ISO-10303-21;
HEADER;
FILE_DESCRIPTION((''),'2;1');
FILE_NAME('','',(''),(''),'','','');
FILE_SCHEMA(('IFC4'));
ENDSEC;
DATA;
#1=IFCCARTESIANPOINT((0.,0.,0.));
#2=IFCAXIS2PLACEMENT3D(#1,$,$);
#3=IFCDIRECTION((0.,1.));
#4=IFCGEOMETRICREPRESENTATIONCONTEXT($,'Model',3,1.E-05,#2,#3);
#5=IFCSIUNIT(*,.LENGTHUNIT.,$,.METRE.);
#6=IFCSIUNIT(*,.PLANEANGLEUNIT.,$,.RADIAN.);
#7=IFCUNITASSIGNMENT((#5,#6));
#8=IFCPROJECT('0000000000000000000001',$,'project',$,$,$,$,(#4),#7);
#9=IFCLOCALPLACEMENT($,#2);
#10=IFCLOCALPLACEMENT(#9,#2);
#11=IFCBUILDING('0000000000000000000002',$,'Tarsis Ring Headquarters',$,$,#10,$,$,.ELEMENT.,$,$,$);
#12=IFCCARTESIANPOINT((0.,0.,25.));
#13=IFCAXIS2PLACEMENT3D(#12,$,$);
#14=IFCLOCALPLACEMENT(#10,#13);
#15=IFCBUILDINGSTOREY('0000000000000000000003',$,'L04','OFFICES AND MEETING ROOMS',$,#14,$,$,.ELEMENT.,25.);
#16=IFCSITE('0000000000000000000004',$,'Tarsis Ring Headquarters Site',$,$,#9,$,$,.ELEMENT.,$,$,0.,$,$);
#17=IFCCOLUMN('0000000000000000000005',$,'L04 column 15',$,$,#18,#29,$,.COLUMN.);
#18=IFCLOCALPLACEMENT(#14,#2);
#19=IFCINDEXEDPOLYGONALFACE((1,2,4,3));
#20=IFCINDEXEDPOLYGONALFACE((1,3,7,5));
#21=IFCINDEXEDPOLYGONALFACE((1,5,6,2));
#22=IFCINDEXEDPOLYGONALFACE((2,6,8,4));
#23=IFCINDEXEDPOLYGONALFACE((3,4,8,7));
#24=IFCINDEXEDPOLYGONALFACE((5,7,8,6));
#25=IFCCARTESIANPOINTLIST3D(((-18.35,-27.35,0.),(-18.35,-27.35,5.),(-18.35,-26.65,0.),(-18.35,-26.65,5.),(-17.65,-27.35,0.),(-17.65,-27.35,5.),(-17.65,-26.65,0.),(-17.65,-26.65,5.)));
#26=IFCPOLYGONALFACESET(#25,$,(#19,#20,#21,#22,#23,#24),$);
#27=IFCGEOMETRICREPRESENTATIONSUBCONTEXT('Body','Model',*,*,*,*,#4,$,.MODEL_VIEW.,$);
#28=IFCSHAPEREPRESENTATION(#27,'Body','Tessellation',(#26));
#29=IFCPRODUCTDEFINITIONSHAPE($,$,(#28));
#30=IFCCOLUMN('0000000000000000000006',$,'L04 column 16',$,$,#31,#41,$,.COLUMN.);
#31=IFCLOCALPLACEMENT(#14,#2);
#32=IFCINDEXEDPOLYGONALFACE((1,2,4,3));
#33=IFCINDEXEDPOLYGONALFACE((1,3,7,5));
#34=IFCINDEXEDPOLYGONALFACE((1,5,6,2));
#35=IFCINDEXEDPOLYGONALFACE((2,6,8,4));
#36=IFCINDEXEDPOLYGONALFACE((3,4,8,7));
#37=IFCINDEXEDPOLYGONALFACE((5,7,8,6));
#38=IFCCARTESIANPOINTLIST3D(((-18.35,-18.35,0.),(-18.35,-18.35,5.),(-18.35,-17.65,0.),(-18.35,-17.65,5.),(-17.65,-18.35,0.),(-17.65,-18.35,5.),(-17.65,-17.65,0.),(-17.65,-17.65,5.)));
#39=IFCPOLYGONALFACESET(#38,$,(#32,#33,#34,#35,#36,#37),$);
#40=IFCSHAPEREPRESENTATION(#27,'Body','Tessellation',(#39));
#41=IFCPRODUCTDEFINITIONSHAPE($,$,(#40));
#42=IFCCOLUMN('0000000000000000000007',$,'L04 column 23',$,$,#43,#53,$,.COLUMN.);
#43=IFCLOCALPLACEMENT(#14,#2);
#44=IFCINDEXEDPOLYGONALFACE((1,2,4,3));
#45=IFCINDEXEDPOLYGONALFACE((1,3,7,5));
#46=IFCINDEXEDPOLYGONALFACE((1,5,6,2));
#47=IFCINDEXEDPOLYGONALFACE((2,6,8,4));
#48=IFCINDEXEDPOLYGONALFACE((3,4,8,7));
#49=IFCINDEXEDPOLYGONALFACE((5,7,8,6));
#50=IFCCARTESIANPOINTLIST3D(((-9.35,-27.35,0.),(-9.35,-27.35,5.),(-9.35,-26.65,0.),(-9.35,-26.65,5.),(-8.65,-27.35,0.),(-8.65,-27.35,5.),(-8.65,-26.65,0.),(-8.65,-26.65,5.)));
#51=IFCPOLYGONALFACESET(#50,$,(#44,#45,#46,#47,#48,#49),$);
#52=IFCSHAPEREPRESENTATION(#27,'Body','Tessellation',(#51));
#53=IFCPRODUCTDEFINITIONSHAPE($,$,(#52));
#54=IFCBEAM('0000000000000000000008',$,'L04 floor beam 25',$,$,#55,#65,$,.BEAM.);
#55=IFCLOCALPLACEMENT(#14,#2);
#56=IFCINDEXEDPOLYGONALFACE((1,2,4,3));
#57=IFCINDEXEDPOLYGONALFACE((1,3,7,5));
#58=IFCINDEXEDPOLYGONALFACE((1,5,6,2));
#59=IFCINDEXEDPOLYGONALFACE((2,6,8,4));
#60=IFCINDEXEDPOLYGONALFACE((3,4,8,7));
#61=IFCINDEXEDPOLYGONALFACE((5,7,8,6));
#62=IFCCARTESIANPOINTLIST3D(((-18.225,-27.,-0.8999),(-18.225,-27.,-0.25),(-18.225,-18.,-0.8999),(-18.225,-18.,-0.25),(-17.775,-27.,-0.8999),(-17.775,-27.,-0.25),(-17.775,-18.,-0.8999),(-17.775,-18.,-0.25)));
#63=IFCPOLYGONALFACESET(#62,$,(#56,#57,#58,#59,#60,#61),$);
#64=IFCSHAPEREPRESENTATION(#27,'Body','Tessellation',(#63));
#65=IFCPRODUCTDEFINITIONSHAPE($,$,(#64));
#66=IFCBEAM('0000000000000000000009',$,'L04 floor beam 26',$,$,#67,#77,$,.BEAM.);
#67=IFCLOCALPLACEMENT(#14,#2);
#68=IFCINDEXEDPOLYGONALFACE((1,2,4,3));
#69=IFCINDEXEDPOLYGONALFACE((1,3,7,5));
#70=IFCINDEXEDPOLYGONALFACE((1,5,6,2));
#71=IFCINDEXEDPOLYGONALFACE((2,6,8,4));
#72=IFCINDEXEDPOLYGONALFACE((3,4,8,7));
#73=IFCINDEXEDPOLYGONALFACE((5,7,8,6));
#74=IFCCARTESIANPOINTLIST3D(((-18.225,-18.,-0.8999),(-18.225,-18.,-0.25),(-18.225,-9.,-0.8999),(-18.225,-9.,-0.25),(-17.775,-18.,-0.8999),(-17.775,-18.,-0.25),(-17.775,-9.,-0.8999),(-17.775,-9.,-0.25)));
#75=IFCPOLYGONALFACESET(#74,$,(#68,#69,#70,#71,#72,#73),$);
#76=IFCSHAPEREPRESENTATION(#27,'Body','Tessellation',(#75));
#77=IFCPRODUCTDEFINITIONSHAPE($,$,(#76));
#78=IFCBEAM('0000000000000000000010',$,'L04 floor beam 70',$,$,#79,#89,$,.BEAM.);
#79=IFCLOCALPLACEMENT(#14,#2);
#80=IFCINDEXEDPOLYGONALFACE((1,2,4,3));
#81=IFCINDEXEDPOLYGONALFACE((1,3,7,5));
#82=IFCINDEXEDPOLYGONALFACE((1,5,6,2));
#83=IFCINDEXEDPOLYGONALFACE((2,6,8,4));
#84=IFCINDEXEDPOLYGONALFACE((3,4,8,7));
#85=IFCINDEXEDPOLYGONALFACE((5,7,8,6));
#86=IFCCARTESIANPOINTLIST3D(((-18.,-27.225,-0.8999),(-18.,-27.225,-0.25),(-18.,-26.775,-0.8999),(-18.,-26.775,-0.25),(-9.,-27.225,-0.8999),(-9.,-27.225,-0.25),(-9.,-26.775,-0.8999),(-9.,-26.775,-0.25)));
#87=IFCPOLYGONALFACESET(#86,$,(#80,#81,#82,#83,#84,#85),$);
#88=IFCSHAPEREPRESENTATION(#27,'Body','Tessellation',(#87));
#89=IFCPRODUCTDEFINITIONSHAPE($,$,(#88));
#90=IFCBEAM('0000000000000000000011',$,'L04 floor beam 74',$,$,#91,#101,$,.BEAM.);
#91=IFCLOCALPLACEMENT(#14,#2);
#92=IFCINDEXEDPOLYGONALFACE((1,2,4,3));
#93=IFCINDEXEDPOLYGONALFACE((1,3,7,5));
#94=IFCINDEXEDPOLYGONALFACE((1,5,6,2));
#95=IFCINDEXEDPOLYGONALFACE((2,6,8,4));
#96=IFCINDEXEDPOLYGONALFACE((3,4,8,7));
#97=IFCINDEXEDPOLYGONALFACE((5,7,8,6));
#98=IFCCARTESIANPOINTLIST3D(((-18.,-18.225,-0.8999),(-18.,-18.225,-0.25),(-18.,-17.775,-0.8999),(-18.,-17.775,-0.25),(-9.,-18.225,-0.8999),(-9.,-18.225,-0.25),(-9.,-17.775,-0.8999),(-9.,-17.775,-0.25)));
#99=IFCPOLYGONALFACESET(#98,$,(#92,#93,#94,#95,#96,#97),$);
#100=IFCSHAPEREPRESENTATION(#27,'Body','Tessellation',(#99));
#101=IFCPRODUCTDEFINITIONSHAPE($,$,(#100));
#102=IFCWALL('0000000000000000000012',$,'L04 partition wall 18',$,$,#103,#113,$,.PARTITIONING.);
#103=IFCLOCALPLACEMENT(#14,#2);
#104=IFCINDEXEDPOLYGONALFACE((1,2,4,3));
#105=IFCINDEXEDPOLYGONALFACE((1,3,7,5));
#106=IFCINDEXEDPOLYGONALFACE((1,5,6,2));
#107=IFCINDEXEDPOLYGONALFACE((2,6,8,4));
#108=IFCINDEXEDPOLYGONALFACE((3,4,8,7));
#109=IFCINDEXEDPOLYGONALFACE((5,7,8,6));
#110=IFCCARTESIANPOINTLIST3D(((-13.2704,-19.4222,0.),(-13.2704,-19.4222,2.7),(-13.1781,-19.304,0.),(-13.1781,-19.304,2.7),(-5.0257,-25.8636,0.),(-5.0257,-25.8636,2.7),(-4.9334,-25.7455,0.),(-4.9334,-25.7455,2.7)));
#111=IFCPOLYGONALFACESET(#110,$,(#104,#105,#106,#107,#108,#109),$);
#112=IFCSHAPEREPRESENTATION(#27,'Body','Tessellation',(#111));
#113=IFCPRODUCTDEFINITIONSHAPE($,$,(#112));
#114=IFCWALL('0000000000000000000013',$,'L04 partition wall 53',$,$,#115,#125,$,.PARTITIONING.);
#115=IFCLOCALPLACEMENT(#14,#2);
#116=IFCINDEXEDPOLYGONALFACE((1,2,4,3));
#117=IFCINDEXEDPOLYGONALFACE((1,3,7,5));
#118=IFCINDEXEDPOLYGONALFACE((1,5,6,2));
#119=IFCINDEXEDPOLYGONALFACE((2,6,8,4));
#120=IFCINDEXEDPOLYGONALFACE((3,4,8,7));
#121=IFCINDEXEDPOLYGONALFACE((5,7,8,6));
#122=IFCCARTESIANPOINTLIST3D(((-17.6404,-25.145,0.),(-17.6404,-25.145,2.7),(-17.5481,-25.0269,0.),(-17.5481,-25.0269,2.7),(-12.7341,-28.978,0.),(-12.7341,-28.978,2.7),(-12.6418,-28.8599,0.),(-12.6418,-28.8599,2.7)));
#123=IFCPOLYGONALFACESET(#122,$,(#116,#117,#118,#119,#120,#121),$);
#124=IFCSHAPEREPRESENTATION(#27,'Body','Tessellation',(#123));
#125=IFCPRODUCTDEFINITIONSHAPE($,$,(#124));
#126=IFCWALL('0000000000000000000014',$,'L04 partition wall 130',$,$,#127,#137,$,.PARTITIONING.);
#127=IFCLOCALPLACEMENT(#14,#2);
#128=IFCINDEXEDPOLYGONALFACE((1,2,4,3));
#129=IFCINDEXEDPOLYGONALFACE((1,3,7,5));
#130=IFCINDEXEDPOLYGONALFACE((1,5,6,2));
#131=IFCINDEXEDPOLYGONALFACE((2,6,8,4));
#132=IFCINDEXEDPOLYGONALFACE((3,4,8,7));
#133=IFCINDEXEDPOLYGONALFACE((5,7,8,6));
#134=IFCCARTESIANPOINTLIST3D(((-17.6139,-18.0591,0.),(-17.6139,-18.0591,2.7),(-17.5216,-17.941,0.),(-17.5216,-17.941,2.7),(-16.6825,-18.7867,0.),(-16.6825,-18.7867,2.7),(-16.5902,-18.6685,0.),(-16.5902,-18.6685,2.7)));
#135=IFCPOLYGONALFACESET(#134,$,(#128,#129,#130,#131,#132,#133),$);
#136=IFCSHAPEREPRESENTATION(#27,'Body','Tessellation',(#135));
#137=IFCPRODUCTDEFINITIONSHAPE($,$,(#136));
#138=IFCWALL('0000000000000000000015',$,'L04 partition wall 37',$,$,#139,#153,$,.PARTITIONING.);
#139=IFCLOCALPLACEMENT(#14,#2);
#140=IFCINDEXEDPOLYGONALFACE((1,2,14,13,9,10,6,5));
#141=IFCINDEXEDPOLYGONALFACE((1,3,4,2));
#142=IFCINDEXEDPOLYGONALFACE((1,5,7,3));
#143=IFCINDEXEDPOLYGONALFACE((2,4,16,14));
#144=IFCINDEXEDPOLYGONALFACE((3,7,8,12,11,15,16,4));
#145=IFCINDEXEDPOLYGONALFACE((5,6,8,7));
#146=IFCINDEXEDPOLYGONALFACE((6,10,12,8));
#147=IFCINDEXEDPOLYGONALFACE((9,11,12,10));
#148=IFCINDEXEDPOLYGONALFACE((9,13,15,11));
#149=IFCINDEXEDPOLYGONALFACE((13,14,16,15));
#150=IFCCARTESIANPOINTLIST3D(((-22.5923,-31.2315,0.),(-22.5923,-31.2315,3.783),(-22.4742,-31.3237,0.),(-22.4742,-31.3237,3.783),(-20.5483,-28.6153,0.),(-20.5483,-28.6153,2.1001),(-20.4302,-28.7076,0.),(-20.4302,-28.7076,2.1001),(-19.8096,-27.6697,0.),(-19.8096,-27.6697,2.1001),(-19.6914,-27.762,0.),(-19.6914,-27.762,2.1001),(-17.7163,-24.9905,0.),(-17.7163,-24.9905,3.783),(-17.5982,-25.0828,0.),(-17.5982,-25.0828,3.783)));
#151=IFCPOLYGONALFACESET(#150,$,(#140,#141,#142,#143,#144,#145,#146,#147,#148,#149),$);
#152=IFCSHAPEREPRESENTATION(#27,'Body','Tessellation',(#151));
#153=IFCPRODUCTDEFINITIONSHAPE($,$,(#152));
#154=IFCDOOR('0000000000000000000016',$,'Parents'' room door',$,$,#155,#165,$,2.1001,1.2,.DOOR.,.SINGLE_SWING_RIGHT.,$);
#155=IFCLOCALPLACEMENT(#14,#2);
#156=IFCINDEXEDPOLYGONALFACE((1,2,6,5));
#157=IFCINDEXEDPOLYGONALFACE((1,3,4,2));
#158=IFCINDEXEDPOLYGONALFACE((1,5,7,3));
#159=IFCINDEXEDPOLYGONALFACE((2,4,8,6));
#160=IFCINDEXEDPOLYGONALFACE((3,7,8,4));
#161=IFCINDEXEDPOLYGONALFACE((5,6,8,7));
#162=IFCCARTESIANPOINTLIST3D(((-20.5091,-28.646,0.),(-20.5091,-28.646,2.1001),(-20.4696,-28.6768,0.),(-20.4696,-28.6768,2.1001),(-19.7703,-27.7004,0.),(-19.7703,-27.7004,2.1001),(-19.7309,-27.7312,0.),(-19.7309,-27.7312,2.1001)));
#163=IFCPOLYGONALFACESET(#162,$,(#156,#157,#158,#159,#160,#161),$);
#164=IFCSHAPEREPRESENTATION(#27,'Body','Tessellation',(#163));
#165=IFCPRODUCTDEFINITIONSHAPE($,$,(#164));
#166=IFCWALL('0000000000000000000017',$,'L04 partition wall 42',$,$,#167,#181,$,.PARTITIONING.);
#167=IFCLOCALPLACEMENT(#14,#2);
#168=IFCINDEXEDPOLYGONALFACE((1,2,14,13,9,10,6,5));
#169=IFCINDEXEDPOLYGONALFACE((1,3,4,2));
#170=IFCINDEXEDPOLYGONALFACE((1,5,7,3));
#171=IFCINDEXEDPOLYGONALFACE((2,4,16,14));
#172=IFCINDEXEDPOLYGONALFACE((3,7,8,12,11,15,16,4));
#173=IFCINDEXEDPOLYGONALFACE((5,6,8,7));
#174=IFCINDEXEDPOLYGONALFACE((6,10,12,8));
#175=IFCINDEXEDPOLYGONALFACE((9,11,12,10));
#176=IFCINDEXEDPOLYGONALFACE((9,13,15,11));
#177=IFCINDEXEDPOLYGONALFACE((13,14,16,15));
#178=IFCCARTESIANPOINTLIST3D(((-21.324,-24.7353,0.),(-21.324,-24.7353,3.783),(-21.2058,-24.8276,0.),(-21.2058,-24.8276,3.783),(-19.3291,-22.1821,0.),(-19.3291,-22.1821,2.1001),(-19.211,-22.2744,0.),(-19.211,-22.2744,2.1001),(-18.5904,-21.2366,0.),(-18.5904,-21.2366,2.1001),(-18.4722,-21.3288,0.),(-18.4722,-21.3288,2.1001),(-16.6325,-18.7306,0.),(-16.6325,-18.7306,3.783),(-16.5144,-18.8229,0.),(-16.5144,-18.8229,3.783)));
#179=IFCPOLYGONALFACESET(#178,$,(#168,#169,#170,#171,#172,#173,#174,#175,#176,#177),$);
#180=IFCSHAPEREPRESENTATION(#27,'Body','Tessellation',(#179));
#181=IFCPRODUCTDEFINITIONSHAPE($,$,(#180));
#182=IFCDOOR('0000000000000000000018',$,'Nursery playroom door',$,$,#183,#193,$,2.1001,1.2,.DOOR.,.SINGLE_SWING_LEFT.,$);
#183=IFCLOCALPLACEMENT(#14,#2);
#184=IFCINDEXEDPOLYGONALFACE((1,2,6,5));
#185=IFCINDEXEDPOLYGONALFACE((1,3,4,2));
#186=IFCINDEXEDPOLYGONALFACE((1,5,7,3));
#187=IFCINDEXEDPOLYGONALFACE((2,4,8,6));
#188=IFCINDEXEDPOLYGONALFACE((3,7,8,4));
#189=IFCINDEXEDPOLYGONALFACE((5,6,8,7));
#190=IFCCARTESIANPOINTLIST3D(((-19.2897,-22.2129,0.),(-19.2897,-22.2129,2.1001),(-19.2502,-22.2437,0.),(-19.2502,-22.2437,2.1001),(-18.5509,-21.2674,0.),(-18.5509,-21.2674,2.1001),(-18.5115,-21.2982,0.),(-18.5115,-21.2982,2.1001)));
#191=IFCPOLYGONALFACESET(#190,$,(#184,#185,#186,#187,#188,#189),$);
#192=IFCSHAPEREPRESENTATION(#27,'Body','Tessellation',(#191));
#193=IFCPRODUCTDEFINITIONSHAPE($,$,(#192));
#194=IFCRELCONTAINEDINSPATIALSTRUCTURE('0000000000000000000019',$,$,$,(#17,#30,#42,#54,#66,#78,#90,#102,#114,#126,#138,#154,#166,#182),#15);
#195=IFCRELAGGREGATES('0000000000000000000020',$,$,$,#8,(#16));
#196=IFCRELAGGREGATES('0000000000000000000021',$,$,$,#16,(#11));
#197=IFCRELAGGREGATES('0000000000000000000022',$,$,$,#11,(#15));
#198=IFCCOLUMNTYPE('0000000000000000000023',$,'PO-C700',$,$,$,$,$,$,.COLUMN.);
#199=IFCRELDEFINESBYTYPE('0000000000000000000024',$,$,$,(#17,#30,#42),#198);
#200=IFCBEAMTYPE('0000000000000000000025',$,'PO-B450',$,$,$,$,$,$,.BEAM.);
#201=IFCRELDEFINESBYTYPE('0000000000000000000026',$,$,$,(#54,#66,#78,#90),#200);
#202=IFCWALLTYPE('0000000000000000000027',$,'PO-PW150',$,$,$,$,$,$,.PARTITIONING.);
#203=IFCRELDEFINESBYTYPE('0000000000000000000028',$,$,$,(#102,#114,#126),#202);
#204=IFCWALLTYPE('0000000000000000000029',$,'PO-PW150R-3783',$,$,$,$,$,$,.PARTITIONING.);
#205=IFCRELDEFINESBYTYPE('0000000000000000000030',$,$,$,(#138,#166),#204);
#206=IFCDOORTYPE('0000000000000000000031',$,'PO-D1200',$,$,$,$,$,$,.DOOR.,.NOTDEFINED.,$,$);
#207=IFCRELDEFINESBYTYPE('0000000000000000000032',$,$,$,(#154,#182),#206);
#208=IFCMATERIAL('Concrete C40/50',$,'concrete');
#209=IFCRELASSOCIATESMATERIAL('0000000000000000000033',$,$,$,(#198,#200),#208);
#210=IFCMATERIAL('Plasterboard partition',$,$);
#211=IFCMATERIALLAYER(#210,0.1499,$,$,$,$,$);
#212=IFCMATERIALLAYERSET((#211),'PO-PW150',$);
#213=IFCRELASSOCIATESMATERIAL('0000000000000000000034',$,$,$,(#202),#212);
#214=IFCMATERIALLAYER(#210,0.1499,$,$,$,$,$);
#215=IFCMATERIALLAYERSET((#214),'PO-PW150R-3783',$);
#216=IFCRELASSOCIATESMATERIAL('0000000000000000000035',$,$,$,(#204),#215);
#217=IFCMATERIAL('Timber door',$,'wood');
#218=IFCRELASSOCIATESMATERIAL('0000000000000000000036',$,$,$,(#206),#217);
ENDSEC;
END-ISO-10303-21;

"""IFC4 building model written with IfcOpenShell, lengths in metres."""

from ifc_helpers import new_model, si_unit, direction, frame, frame_2d, origin, origin_2d, place, context, subcontext, project, spatial, rectangle, extrude, material, layer, layer_set, material_profile, profile_set, type_object, element, fill, save


model = new_model("IFC4")

# Units and contexts
model_context = context("Model", 3, precision=1e-05, world=origin(), true_north=direction((0.0, 1.0)))
body_context = subcontext(model_context, "Body", "Model", "MODEL_VIEW")
ifc_project = project(units=[si_unit("LENGTHUNIT", "METRE"), si_unit("PLANEANGLEUNIT", "RADIAN")], contexts=[model_context])

# Site, building, storey
site_placement = place(None, origin())
site = spatial("IfcSite", under=ifc_project, at=site_placement, Name="Tarsis Ring Headquarters Site", CompositionType="ELEMENT", RefElevation=0.0)
building_placement = place(site_placement, origin())
building = spatial("IfcBuilding", under=site, at=building_placement, Name="Tarsis Ring Headquarters", CompositionType="ELEMENT")
storey_placement = place(building_placement, frame((0.0, 0.0, 25.0)))
storey = spatial("IfcBuildingStorey", under=building, at=storey_placement, Name="L04", Description="OFFICES AND MEETING ROOMS", CompositionType="ELEMENT", Elevation=25.0)

# Columns
ifc_material_1 = material(Name="Concrete C40/50", Category="concrete")
ifc_material_profile_1 = material_profile(ifc_material_1, rectangle(XDim=0.7, YDim=0.7, at=origin_2d()), Name="PO-C700")
ifc_profile_set_1 = profile_set([ifc_material_profile_1], Name="Concrete C40/50")
column_type = type_object("IfcColumnType", Name="PO-C700", PredefinedType="COLUMN", material=ifc_profile_set_1)
for number, where, z_axis, x_axis, name in (
    (1, (-18.0, -27.0, 0.0), (0.0, 0.0, 1.0), (1.0, 0.0, 0.0), "L04 column 15"),
    (2, (-18.0, -18.0, 0.0), (0.0, 0.0, 1.0), (1.0, 0.0, 0.0), "L04 column 16"),
    (3, (-9.0, -27.0, 0.0), (0.0, 0.0, 1.0), (1.0, 0.0, 0.0), "L04 column 23"),
):
    element("IfcColumn", number, at=place(storey_placement, frame(where, z_axis=z_axis, x_axis=x_axis)), inside=storey, type_object=column_type, Name=name, PredefinedType="COLUMN", context=body_context, shape_type="SweptSolid", body=[
        extrude(rectangle(XDim=0.7, YDim=0.7, at=origin_2d()), origin(), (0.0, 0.0, 1.0), 5.0),
    ])

# Beams
ifc_material_profile_2 = material_profile(ifc_material_1, rectangle(XDim=0.45, YDim=0.6499, at=origin_2d()), Name="PO-B450")
ifc_profile_set_2 = profile_set([ifc_material_profile_2], Name="Concrete C40/50")
beam_type = type_object("IfcBeamType", Name="PO-B450", PredefinedType="BEAM", material=ifc_profile_set_2)
for number, where, z_axis, x_axis, name in (
    (4, (-18.0, -27.0, -0.575), (0.0, 1.0, 0.0), (-1.0, 0.0, 0.0), "L04 floor beam 25"),
    (5, (-18.0, -18.0, -0.575), (0.0, 1.0, 0.0), (-1.0, 0.0, 0.0), "L04 floor beam 26"),
    (6, (-18.0, -27.0, -0.575), (1.0, 0.0, 0.0), (0.0, 1.0, 0.0), "L04 floor beam 70"),
    (7, (-18.0, -18.0, -0.575), (1.0, 0.0, 0.0), (0.0, 1.0, 0.0), "L04 floor beam 74"),
):
    element("IfcBeam", number, at=place(storey_placement, frame(where, z_axis=z_axis, x_axis=x_axis)), inside=storey, type_object=beam_type, Name=name, PredefinedType="BEAM", context=body_context, shape_type="SweptSolid", body=[
        extrude(rectangle(XDim=0.45, YDim=0.6499, at=origin_2d()), origin(), (0.0, 0.0, 1.0), 9.0),
    ])

# Walls
ifc_material_2 = material(Name="Plasterboard partition")
ifc_layer_1 = layer(ifc_material_2, 0.1499)
ifc_layer_set_1 = layer_set([ifc_layer_1], Name="PO-PW150")
wall_type_1 = type_object("IfcWallType", Name="PO-PW150", PredefinedType="PARTITIONING", material=ifc_layer_set_1)
wall_1_placement = place(storey_placement, frame((-13.2244, -19.363, 0.0), z_axis=(0.0, 0.0, 1.0), x_axis=(0.788011, -0.615661, 0.0)))
element("IfcWall", 8, at=wall_1_placement, inside=storey, type_object=wall_type_1, Name="L04 partition wall 18", PredefinedType="PARTITIONING", context=body_context, shape_type="SweptSolid", body=[
    extrude(rectangle(XDim=10.4626, YDim=0.1499, at=frame_2d((5.2314, 0.0))), origin(), (0.0, 0.0, 1.0), 2.7),
])
wall_2_placement = place(storey_placement, frame((-17.5942, -25.0859, 0.0), z_axis=(0.0, 0.0, 1.0), x_axis=(0.788024, -0.615644, 0.0)))
element("IfcWall", 9, at=wall_2_placement, inside=storey, type_object=wall_type_1, Name="L04 partition wall 53", PredefinedType="PARTITIONING", context=body_context, shape_type="SweptSolid", body=[
    extrude(rectangle(XDim=6.2261, YDim=0.1499, at=frame_2d((3.113, 0.0))), origin(), (0.0, 0.0, 1.0), 2.7),
])
wall_3_placement = place(storey_placement, frame((-16.6365, -18.7275, 0.0), z_axis=(0.0, 0.0, 1.0), x_axis=(-0.788071, 0.615584, 0.0)))
element("IfcWall", 10, at=wall_3_placement, inside=storey, type_object=wall_type_1, Name="L04 partition wall 130", PredefinedType="PARTITIONING", context=body_context, shape_type="SweptSolid", body=[
    extrude(rectangle(XDim=1.1819, YDim=0.1499, at=frame_2d((0.5908, 0.0))), origin(), (0.0, 0.0, 1.0), 2.7),
])

# Walls, openings, doors
ifc_layer_2 = layer(ifc_material_2, 0.1499)
ifc_layer_set_2 = layer_set([ifc_layer_2], Name="PO-PW150R-3783")
wall_type_2 = type_object("IfcWallType", Name="PO-PW150R-3783", PredefinedType="PARTITIONING", material=ifc_layer_set_2)
wall_4_placement = place(storey_placement, frame((-17.6572, -25.0366, 0.0), z_axis=(0.0, 0.0, 1.0), x_axis=(-0.615661, -0.788011, 0.0)))
wall_4 = element("IfcWall", 11, at=wall_4_placement, inside=storey, type_object=wall_type_2, Name="L04 partition wall 37", PredefinedType="PARTITIONING", context=body_context, shape_type="SweptSolid", body=[
    extrude(rectangle(XDim=7.9199, YDim=0.1499, at=frame_2d((3.96, 0.0))), origin(), (0.0, 0.0, 1.0), 3.783),
])
opening_1_placement = place(wall_4_placement, frame((3.3999, 0.0, 0.0)))
opening_1 = element("IfcOpeningElement", 12, at=opening_1_placement, cuts=wall_4, PredefinedType="OPENING", context=body_context, shape_type="SweptSolid", body=[
    extrude(rectangle(XDim=1.2, YDim=2.1001, at=frame_2d((0.6001, 1.05))), frame((0.0, 0.085, 0.0), z_axis=(0.0, -1.0, 0.0), x_axis=(1.0, 0.0, 0.0)), (0.0, 0.0, 1.0), 0.1699),
])
ifc_material_3 = material(Name="Timber door", Category="wood")
door_type_1 = type_object("IfcDoorType", Name="PO-D1200", OperationType="NOTDEFINED", PredefinedType="DOOR", material=ifc_material_3)
door_1_placement = place(opening_1_placement, origin())
door_1 = element("IfcDoor", 13, at=door_1_placement, inside=storey, type_object=door_type_1, Name="Parents' room door", OperationType="SINGLE_SWING_RIGHT", OverallHeight=2.1001, OverallWidth=1.2, PredefinedType="DOOR", context=body_context, shape_type="SweptSolid", body=[
    extrude(rectangle(XDim=1.2, YDim=2.1001, at=frame_2d((0.6001, 1.05))), frame((0.0, 0.0249, 0.0), z_axis=(0.0, -1.0, 0.0), x_axis=(1.0, 0.0, 0.0)), (0.0, 0.0, 1.0), 0.05),
])
fill(opening_1, door_1)
wall_5_placement = place(storey_placement, frame((-21.2649, -24.7815, 0.0), z_axis=(0.0, 0.0, 1.0), x_axis=(0.615667, 0.788006, 0.0)))
wall_5 = element("IfcWall", 14, at=wall_5_placement, inside=storey, type_object=wall_type_2, Name="L04 partition wall 42", PredefinedType="PARTITIONING", context=body_context, shape_type="SweptSolid", body=[
    extrude(rectangle(XDim=7.6201, YDim=0.1499, at=frame_2d((3.8101, 0.0))), origin(), (0.0, 0.0, 1.0), 3.783),
])
opening_2_placement = place(wall_5_placement, frame((3.24, 0.0, 0.0)))
opening_2 = element("IfcOpeningElement", 15, at=opening_2_placement, cuts=wall_5, PredefinedType="OPENING", context=body_context, shape_type="SweptSolid", body=[
    extrude(rectangle(XDim=1.2, YDim=2.1001, at=frame_2d((0.6001, 1.05))), frame((0.0, 0.085, 0.0), z_axis=(0.0, -1.0, 0.0), x_axis=(1.0, 0.0, 0.0)), (0.0, 0.0, 1.0), 0.1699),
])
door_2_placement = place(opening_2_placement, origin())
door_2 = element("IfcDoor", 16, at=door_2_placement, inside=storey, type_object=door_type_1, Name="Nursery playroom door", OperationType="SINGLE_SWING_LEFT", OverallHeight=2.1001, OverallWidth=1.2, PredefinedType="DOOR", context=body_context, shape_type="SweptSolid", body=[
    extrude(rectangle(XDim=1.2, YDim=2.1001, at=frame_2d((0.6001, 1.05))), frame((0.0, 0.0249, 0.0), z_axis=(0.0, -1.0, 0.0), x_axis=(1.0, 0.0, 0.0)), (0.0, 0.0, 1.0), 0.05),
])
fill(opening_2, door_2)

save(model, "model.ifc")
